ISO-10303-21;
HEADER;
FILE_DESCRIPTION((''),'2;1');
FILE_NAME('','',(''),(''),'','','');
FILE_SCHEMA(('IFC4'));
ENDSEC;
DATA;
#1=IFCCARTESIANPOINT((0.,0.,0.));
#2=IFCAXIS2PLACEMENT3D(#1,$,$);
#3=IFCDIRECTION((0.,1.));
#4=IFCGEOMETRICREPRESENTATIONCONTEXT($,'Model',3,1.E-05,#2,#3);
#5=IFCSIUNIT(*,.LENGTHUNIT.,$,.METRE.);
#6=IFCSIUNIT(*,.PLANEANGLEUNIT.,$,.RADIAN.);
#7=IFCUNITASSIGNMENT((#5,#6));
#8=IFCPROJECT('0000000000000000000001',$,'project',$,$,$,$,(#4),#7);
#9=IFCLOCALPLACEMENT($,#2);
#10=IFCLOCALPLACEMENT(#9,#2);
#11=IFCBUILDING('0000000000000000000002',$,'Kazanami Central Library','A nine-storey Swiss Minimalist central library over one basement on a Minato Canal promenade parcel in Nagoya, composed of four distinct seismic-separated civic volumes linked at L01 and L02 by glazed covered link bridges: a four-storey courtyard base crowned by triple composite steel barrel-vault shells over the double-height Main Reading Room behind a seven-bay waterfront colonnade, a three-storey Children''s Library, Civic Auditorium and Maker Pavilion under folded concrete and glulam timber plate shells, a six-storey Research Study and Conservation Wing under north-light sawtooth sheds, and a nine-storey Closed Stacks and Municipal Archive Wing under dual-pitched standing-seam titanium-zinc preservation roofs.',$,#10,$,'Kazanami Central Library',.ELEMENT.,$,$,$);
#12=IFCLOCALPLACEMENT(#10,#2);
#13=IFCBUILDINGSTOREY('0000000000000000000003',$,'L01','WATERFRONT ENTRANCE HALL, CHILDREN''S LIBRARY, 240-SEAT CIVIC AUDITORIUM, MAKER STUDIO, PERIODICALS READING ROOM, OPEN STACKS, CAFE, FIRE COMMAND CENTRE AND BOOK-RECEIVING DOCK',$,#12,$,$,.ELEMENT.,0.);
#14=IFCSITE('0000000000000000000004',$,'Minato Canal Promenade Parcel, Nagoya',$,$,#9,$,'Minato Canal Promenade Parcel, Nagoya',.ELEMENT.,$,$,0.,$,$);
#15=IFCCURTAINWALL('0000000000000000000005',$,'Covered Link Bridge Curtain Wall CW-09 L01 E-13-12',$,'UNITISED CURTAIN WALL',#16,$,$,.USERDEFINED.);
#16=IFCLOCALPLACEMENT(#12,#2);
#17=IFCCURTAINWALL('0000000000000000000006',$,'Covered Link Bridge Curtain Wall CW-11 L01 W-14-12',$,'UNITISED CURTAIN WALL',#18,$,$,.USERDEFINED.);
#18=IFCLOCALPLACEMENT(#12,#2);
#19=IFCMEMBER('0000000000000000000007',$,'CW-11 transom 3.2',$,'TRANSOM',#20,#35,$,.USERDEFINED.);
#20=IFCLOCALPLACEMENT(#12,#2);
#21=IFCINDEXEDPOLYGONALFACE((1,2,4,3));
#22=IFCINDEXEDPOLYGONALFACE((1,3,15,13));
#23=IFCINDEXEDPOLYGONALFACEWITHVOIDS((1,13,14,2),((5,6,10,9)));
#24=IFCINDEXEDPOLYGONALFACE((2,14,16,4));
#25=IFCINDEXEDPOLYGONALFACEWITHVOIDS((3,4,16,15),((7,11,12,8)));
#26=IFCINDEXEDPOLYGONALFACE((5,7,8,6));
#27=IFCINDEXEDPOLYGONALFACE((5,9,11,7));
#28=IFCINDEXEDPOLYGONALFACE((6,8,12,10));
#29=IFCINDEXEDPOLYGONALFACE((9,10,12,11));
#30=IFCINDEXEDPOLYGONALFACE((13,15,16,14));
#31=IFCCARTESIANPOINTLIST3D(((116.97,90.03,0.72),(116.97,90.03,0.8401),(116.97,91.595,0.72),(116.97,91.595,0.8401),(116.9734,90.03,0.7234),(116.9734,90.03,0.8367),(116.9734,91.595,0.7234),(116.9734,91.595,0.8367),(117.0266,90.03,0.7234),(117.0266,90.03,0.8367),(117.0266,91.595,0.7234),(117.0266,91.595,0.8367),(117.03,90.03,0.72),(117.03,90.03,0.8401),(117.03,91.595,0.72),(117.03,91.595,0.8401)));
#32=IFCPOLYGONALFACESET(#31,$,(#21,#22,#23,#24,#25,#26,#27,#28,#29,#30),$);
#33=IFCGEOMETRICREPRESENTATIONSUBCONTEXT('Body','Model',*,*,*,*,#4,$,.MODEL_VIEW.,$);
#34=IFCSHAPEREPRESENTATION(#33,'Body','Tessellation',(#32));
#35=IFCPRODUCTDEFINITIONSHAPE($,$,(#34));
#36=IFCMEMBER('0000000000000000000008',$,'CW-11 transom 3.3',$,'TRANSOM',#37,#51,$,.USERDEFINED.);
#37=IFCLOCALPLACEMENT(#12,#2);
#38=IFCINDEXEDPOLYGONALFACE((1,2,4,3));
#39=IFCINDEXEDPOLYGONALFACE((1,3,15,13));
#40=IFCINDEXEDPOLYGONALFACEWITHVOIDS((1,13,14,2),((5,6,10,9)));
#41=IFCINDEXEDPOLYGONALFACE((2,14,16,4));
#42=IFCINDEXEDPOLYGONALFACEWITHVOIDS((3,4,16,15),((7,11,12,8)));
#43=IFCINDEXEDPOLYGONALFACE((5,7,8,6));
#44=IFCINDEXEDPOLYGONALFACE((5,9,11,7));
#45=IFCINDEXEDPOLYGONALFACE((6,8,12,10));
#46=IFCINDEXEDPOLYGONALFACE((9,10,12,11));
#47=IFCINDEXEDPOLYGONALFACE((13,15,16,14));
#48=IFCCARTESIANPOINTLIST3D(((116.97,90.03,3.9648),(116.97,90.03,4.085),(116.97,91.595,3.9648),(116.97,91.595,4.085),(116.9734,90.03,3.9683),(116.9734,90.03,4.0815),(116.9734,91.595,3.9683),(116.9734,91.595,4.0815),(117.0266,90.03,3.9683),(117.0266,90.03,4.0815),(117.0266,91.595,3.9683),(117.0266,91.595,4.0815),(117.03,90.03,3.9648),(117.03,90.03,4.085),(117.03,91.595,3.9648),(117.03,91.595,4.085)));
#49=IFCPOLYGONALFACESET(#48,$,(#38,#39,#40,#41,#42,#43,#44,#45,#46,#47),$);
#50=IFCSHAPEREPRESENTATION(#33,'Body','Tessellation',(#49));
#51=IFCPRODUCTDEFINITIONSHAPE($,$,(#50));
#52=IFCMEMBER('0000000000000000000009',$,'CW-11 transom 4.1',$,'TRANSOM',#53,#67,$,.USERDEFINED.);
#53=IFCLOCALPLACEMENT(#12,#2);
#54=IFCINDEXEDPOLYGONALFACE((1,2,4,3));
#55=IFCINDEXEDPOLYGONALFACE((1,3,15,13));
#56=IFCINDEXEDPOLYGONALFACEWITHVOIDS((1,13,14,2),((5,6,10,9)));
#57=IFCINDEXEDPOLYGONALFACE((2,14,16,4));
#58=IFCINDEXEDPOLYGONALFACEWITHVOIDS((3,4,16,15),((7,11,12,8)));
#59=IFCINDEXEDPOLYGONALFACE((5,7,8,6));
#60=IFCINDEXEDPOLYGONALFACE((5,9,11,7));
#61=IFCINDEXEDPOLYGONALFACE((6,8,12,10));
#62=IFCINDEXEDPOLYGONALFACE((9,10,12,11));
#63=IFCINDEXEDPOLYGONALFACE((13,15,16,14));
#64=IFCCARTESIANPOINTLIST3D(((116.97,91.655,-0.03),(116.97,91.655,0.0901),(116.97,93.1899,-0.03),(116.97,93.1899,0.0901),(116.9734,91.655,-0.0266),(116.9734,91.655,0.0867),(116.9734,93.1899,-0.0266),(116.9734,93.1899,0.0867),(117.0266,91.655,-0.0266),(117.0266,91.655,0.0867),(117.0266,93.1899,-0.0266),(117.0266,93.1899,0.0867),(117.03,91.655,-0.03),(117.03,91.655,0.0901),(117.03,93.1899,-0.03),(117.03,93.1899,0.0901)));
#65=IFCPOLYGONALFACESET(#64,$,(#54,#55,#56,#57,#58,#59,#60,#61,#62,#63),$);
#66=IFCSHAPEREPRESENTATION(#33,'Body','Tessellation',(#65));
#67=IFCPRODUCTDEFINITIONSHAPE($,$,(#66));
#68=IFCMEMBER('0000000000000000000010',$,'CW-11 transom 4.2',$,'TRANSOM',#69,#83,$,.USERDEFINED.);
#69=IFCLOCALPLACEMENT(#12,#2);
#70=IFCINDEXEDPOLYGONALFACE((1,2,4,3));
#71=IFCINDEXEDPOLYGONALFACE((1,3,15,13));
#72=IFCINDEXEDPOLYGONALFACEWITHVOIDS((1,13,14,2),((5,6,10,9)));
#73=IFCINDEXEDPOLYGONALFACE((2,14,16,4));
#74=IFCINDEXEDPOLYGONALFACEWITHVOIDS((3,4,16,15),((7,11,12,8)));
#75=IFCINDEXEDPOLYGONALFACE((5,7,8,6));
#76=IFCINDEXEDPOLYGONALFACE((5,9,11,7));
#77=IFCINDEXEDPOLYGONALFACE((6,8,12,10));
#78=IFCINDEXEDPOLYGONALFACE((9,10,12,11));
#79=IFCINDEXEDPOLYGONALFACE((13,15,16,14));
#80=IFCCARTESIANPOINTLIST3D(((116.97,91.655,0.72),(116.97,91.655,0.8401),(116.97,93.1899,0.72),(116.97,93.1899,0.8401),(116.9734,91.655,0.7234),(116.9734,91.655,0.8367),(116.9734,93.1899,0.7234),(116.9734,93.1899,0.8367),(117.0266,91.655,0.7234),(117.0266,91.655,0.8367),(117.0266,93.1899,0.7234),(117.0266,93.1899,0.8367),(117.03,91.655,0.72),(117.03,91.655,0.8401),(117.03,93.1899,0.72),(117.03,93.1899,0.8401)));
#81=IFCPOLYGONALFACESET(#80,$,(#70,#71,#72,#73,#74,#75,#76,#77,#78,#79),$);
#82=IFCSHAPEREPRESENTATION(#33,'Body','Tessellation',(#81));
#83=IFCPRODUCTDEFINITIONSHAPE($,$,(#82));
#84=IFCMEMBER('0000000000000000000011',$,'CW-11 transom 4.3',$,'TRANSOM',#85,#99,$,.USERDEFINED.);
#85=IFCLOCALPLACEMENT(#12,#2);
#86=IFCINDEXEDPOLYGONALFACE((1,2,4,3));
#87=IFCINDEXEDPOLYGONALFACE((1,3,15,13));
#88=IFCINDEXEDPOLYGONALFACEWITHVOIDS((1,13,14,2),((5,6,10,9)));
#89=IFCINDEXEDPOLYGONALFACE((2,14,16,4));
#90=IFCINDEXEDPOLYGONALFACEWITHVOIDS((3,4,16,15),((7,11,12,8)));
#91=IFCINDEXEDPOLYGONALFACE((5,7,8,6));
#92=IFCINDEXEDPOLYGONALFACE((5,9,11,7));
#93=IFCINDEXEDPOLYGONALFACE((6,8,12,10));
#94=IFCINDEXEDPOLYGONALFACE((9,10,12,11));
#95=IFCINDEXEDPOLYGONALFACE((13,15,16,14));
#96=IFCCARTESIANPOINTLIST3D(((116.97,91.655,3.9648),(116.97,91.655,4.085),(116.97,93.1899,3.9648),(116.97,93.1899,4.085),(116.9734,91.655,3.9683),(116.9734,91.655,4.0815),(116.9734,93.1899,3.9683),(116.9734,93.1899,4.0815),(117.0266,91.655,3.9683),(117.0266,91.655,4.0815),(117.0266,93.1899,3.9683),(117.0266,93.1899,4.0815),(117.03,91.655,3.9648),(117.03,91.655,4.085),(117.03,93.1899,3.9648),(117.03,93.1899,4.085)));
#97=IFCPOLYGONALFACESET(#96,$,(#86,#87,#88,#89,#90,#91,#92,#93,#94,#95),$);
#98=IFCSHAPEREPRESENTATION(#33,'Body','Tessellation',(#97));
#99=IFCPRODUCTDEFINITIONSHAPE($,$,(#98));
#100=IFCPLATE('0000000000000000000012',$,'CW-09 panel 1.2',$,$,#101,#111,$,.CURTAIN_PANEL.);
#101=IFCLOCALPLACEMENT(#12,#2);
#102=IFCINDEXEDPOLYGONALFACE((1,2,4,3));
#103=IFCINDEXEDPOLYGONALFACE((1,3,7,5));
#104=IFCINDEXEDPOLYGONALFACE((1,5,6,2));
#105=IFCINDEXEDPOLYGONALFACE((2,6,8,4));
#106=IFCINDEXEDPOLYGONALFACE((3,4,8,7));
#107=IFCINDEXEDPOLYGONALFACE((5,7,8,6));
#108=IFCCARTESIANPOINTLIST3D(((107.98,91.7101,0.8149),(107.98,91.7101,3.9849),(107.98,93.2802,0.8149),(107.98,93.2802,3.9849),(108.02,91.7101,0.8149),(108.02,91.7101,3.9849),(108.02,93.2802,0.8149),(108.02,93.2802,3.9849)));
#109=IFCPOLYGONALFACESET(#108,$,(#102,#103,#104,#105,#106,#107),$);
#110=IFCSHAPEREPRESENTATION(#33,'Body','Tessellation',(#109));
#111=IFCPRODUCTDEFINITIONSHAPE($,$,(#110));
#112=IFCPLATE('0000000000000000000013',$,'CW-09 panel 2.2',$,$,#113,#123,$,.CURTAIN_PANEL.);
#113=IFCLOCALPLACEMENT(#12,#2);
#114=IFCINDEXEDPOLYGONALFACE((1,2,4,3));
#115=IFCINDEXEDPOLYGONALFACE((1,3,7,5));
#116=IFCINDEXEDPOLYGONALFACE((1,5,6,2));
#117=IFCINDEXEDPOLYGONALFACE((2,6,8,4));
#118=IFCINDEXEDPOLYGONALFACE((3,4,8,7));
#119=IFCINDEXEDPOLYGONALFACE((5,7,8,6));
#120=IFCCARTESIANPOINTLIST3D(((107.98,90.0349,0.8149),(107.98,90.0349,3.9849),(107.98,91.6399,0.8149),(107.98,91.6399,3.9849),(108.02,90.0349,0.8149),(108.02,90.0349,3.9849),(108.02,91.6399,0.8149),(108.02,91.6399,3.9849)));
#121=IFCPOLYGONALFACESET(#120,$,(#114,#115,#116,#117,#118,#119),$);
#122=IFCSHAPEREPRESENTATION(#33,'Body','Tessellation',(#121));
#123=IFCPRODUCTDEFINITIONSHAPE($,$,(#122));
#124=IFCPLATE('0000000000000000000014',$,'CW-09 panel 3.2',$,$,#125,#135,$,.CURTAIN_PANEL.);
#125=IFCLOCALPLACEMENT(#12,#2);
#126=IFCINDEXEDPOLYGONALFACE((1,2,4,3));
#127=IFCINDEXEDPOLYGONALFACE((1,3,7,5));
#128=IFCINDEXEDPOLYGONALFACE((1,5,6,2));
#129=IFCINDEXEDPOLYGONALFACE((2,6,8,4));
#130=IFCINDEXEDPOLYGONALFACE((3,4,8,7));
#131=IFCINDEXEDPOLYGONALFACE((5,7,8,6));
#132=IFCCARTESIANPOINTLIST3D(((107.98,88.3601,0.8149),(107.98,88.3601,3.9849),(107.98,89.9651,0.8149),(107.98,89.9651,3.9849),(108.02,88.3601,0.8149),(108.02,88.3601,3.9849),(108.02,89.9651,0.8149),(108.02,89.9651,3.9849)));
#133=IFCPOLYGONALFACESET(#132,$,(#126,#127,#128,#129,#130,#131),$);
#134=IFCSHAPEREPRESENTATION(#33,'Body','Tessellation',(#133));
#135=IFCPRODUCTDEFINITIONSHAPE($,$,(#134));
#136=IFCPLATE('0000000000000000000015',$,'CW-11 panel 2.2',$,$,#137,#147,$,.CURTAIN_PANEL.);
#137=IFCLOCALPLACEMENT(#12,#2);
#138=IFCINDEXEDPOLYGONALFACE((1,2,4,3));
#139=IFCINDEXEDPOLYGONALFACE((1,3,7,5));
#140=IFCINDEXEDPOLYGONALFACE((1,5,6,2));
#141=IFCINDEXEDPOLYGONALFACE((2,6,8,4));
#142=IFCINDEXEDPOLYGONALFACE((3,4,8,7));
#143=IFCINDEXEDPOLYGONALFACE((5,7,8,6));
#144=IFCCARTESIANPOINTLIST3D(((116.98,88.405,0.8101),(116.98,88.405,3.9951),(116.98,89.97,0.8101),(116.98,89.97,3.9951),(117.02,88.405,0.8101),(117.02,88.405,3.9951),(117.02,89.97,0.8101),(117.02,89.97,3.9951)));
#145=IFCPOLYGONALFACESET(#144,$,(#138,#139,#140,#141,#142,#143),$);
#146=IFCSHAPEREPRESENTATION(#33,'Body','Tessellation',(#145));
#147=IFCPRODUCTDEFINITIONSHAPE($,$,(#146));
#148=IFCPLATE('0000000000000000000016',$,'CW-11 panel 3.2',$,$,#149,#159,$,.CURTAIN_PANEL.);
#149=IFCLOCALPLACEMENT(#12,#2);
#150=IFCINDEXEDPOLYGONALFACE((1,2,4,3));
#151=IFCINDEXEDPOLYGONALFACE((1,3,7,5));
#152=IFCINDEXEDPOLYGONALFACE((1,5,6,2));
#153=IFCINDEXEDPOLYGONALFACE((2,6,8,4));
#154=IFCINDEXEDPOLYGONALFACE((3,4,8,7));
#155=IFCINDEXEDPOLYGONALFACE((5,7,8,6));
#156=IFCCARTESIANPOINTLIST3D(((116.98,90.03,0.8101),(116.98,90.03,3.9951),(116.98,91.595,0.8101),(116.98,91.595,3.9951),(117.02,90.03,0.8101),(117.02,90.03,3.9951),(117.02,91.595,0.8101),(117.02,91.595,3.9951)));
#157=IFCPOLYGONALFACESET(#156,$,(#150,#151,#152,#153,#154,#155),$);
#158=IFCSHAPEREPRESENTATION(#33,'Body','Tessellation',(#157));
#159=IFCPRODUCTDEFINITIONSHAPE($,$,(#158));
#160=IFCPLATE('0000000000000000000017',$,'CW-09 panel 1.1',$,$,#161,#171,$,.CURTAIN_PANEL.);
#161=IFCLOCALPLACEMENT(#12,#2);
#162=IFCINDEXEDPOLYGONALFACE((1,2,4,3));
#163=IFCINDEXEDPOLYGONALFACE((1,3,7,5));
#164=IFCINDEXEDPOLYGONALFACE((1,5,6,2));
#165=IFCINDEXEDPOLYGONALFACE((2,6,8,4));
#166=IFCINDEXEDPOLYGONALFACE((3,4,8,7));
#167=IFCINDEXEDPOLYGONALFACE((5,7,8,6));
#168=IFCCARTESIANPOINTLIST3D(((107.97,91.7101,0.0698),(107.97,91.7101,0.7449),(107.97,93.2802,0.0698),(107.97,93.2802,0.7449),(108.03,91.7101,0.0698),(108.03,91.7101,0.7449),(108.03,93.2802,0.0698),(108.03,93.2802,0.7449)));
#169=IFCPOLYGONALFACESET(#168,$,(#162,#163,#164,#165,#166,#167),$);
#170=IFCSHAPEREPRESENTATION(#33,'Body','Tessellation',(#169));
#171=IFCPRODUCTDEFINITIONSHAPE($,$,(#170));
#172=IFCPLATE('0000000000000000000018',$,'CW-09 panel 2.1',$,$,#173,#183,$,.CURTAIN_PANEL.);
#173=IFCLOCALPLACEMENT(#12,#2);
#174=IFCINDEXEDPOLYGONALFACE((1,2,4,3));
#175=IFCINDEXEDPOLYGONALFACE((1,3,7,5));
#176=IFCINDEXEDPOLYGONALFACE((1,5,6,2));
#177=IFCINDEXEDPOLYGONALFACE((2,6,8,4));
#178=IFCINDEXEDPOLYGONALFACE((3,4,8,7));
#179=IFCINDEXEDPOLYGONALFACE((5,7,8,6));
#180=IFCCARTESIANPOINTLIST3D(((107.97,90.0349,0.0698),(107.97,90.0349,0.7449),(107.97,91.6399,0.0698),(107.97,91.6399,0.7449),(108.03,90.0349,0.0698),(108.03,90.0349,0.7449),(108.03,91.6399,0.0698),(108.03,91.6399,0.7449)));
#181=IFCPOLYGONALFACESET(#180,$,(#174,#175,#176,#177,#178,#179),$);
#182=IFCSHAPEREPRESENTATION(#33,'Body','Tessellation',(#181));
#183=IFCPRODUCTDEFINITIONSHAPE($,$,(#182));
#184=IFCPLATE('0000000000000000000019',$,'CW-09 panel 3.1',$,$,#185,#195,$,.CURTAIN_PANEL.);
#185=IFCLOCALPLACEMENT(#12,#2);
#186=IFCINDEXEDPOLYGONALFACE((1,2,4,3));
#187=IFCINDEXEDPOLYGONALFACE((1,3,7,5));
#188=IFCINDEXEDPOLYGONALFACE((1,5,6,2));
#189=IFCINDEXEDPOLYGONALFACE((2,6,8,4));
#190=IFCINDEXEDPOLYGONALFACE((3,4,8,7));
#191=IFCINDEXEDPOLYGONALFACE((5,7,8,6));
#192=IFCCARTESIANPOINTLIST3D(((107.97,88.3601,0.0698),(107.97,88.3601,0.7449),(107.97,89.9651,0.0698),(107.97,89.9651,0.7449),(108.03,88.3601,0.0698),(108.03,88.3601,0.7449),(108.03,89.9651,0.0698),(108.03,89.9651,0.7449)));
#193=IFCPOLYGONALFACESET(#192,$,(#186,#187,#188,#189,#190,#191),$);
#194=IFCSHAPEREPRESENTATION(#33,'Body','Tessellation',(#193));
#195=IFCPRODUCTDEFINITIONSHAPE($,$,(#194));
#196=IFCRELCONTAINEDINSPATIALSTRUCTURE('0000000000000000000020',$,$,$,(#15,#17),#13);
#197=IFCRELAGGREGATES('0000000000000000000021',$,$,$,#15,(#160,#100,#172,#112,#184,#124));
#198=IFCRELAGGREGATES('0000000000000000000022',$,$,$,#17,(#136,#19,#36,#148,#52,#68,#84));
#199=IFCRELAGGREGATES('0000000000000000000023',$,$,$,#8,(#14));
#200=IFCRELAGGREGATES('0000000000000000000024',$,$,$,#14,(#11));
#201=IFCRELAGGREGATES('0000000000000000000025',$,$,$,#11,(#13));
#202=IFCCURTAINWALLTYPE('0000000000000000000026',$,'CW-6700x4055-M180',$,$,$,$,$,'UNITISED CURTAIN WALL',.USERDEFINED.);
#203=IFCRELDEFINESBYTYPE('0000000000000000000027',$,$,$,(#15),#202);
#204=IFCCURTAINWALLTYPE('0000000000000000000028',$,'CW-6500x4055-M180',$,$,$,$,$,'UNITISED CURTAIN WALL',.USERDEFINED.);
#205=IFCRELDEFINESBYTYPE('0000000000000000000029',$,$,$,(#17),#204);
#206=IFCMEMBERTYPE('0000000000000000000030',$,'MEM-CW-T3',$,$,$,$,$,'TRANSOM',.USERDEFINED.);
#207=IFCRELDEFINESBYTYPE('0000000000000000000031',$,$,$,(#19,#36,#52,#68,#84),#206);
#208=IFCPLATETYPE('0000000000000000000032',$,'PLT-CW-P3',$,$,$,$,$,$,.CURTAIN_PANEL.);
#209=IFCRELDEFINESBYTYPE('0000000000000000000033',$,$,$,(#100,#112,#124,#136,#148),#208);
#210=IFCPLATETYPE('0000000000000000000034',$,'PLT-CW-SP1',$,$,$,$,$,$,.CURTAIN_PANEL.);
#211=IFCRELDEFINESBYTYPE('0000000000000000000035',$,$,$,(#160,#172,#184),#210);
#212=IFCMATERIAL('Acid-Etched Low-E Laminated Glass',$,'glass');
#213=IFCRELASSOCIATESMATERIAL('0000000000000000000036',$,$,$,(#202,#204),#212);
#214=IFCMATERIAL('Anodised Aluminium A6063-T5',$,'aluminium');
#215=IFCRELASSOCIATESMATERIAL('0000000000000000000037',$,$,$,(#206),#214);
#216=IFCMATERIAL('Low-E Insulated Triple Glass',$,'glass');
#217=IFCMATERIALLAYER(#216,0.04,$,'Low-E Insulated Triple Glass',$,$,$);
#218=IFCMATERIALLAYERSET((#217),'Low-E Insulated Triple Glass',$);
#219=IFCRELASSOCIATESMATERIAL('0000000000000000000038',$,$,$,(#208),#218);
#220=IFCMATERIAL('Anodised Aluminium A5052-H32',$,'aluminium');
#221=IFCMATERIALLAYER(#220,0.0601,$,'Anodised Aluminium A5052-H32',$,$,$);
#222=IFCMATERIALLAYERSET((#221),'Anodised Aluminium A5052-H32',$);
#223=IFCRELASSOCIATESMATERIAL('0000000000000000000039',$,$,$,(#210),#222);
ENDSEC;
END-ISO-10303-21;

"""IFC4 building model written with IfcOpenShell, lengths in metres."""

from ifc_helpers import new_model, si_unit, direction, frame, origin, origin_2d, place, context, subcontext, project, spatial, rectangle, hollow_rectangle, extrude, material, layer, layer_set, material_profile, profile_set, type_object, element, aggregate, save


model = new_model("IFC4")

# Units and contexts
model_context = context("Model", 3, precision=1e-05, world=origin(), true_north=direction((0.0, 1.0)))
body_context = subcontext(model_context, "Body", "Model", "MODEL_VIEW")
ifc_project = project(units=[si_unit("LENGTHUNIT", "METRE"), si_unit("PLANEANGLEUNIT", "RADIAN")], contexts=[model_context])

# Site, building, storey
site_placement = place(None, origin())
site = spatial("IfcSite", under=ifc_project, at=site_placement, Name="Minato Canal Promenade Parcel, Nagoya", LongName="Minato Canal Promenade Parcel, Nagoya", CompositionType="ELEMENT", RefElevation=0.0)
building_placement = place(site_placement, origin())
building = spatial("IfcBuilding", under=site, at=building_placement, Name="Kazanami Central Library", Description="A nine-storey Swiss Minimalist central library over one basement on a Minato Canal promenade parcel in Nagoya, composed of four distinct seismic-separated civic volumes linked at L01 and L02 by glazed covered link bridges: a four-storey courtyard base crowned by triple composite steel barrel-vault shells over the double-height Main Reading Room behind a seven-bay waterfront colonnade, a three-storey Children's Library, Civic Auditorium and Maker Pavilion under folded concrete and glulam timber plate shells, a six-storey Research Study and Conservation Wing under north-light sawtooth sheds, and a nine-storey Closed Stacks and Municipal Archive Wing under dual-pitched standing-seam titanium-zinc preservation roofs.", LongName="Kazanami Central Library", CompositionType="ELEMENT")
storey_placement = place(building_placement, origin())
storey = spatial("IfcBuildingStorey", under=building, at=storey_placement, Name="L01", Description="WATERFRONT ENTRANCE HALL, CHILDREN'S LIBRARY, 240-SEAT CIVIC AUDITORIUM, MAKER STUDIO, PERIODICALS READING ROOM, OPEN STACKS, CAFE, FIRE COMMAND CENTRE AND BOOK-RECEIVING DOCK", CompositionType="ELEMENT", Elevation=0.0)

# Curtain walls
ifc_material_1 = material(Name="Acid-Etched Low-E Laminated Glass", Category="glass")
curtain_wall_type_1 = type_object("IfcCurtainWallType", Name="CW-6700x4055-M180", ElementType="UNITISED CURTAIN WALL", PredefinedType="USERDEFINED", material=ifc_material_1)
curtain_wall_1_placement = place(storey_placement, origin())
curtain_wall_1 = element("IfcCurtainWall", 1, at=curtain_wall_1_placement, inside=storey, type_object=curtain_wall_type_1, Name="Covered Link Bridge Curtain Wall CW-09 L01 E-13-12", ObjectType="UNITISED CURTAIN WALL", PredefinedType="USERDEFINED")
ifc_material_2 = material(Name="Anodised Aluminium A6063-T5", Category="aluminium")
curtain_wall_type_2 = type_object("IfcCurtainWallType", Name="CW-6500x4055-M180", ElementType="UNITISED CURTAIN WALL", PredefinedType="USERDEFINED", material=ifc_material_1)
curtain_wall_2_placement = place(storey_placement, origin())
curtain_wall_2 = element("IfcCurtainWall", 2, at=curtain_wall_2_placement, inside=storey, type_object=curtain_wall_type_2, Name="Covered Link Bridge Curtain Wall CW-11 L01 W-14-12", ObjectType="UNITISED CURTAIN WALL", PredefinedType="USERDEFINED")

# Members
ifc_material_profile_1 = material_profile(ifc_material_2, hollow_rectangle(XDim=0.0601, YDim=0.1201, WallThickness=0.0034, at=origin_2d()), Name="ALU-TRAN-60x120x3.5")
ifc_profile_set_1 = profile_set([ifc_material_profile_1], Name="Anodised Aluminium A6063-T5")
member_type_1 = type_object("IfcMemberType", Name="MEM-CW-T3", ElementType="TRANSOM", PredefinedType="USERDEFINED", material=ifc_profile_set_1)
member_1_placement = place(storey_placement, frame((117.0, 90.03, 0.78), z_axis=(0.0, 1.0, 0.0), x_axis=(-1.0, 0.0, 0.0)))
member_1 = element("IfcMember", 3, at=member_1_placement, type_object=member_type_1, Name="CW-11 transom 3.2", ObjectType="TRANSOM", PredefinedType="USERDEFINED", context=body_context, shape_type="SweptSolid", body=[
    extrude(hollow_rectangle(XDim=0.0601, YDim=0.1201, WallThickness=0.0034, at=origin_2d()), origin(), (0.0, 0.0, 1.0), 1.5649),
])
member_2_placement = place(storey_placement, frame((117.0, 90.03, 4.0249), z_axis=(0.0, 1.0, 0.0), x_axis=(-1.0, 0.0, 0.0)))
member_2 = element("IfcMember", 4, at=member_2_placement, type_object=member_type_1, Name="CW-11 transom 3.3", ObjectType="TRANSOM", PredefinedType="USERDEFINED", context=body_context, shape_type="SweptSolid", body=[
    extrude(hollow_rectangle(XDim=0.0601, YDim=0.1201, WallThickness=0.0034, at=origin_2d()), origin(), (0.0, 0.0, 1.0), 1.5649),
])
member_3_placement = place(storey_placement, frame((117.0, 91.655, 0.03), z_axis=(0.0, 1.0, 0.0), x_axis=(-1.0, 0.0, 0.0)))
member_3 = element("IfcMember", 5, at=member_3_placement, type_object=member_type_1, Name="CW-11 transom 4.1", ObjectType="TRANSOM", PredefinedType="USERDEFINED", context=body_context, shape_type="SweptSolid", body=[
    extrude(hollow_rectangle(XDim=0.0601, YDim=0.1201, WallThickness=0.0034, at=origin_2d()), origin(), (0.0, 0.0, 1.0), 1.5349),
])
member_4_placement = place(storey_placement, frame((117.0, 91.655, 0.78), z_axis=(0.0, 1.0, 0.0), x_axis=(-1.0, 0.0, 0.0)))
member_4 = element("IfcMember", 6, at=member_4_placement, type_object=member_type_1, Name="CW-11 transom 4.2", ObjectType="TRANSOM", PredefinedType="USERDEFINED", context=body_context, shape_type="SweptSolid", body=[
    extrude(hollow_rectangle(XDim=0.0601, YDim=0.1201, WallThickness=0.0034, at=origin_2d()), origin(), (0.0, 0.0, 1.0), 1.5349),
])
member_5_placement = place(storey_placement, frame((117.0, 91.655, 4.0249), z_axis=(0.0, 1.0, 0.0), x_axis=(-1.0, 0.0, 0.0)))
member_5 = element("IfcMember", 7, at=member_5_placement, type_object=member_type_1, Name="CW-11 transom 4.3", ObjectType="TRANSOM", PredefinedType="USERDEFINED", context=body_context, shape_type="SweptSolid", body=[
    extrude(hollow_rectangle(XDim=0.0601, YDim=0.1201, WallThickness=0.0034, at=origin_2d()), origin(), (0.0, 0.0, 1.0), 1.5349),
])

# Plates
ifc_material_3 = material(Name="Low-E Insulated Triple Glass", Category="glass")
ifc_layer_1 = layer(ifc_material_3, 0.04, Name="Low-E Insulated Triple Glass")
ifc_layer_set_1 = layer_set([ifc_layer_1], Name="Low-E Insulated Triple Glass")
plate_type_1 = type_object("IfcPlateType", Name="PLT-CW-P3", PredefinedType="CURTAIN_PANEL", material=ifc_layer_set_1)
plate_1_placement = place(storey_placement, frame((108.0, 92.4951, 0.8149), z_axis=(0.0, 0.0, 1.0), x_axis=(0.0, -1.0, 0.0)))
plate_1 = element("IfcPlate", 8, at=plate_1_placement, type_object=plate_type_1, Name="CW-09 panel 1.2", PredefinedType="CURTAIN_PANEL", context=body_context, shape_type="SweptSolid", body=[
    extrude(rectangle(XDim=1.5701, YDim=0.04, at=origin_2d()), origin(), (0.0, 0.0, 1.0), 3.1699),
])
plate_2_placement = place(storey_placement, frame((108.0, 90.8374, 0.8149), z_axis=(0.0, 0.0, 1.0), x_axis=(0.0, -1.0, 0.0)))
plate_2 = element("IfcPlate", 9, at=plate_2_placement, type_object=plate_type_1, Name="CW-09 panel 2.2", PredefinedType="CURTAIN_PANEL", context=body_context, shape_type="SweptSolid", body=[
    extrude(rectangle(XDim=1.605, YDim=0.04, at=origin_2d()), origin(), (0.0, 0.0, 1.0), 3.1699),
])
plate_3_placement = place(storey_placement, frame((108.0, 89.1626, 0.8149), z_axis=(0.0, 0.0, 1.0), x_axis=(0.0, -1.0, 0.0)))
plate_3 = element("IfcPlate", 10, at=plate_3_placement, type_object=plate_type_1, Name="CW-09 panel 3.2", PredefinedType="CURTAIN_PANEL", context=body_context, shape_type="SweptSolid", body=[
    extrude(rectangle(XDim=1.605, YDim=0.04, at=origin_2d()), origin(), (0.0, 0.0, 1.0), 3.1699),
])
plate_4_placement = place(storey_placement, frame((117.0, 89.1875, 0.8101), z_axis=(0.0, 0.0, 1.0), x_axis=(0.0, 1.0, 0.0)))
plate_4 = element("IfcPlate", 11, at=plate_4_placement, type_object=plate_type_1, Name="CW-11 panel 2.2", PredefinedType="CURTAIN_PANEL", context=body_context, shape_type="SweptSolid", body=[
    extrude(rectangle(XDim=1.5649, YDim=0.04, at=origin_2d()), origin(), (0.0, 0.0, 1.0), 3.1851),
])
plate_5_placement = place(storey_placement, frame((117.0, 90.8125, 0.8101), z_axis=(0.0, 0.0, 1.0), x_axis=(0.0, 1.0, 0.0)))
plate_5 = element("IfcPlate", 12, at=plate_5_placement, type_object=plate_type_1, Name="CW-11 panel 3.2", PredefinedType="CURTAIN_PANEL", context=body_context, shape_type="SweptSolid", body=[
    extrude(rectangle(XDim=1.5649, YDim=0.04, at=origin_2d()), origin(), (0.0, 0.0, 1.0), 3.1851),
])
ifc_material_4 = material(Name="Anodised Aluminium A5052-H32", Category="aluminium")
ifc_layer_2 = layer(ifc_material_4, 0.0601, Name="Anodised Aluminium A5052-H32")
ifc_layer_set_2 = layer_set([ifc_layer_2], Name="Anodised Aluminium A5052-H32")
plate_type_2 = type_object("IfcPlateType", Name="PLT-CW-SP1", PredefinedType="CURTAIN_PANEL", material=ifc_layer_set_2)
plate_6_placement = place(storey_placement, frame((108.0, 92.4951, 0.0698), z_axis=(0.0, 0.0, 1.0), x_axis=(0.0, -1.0, 0.0)))
plate_6 = element("IfcPlate", 13, at=plate_6_placement, type_object=plate_type_2, Name="CW-09 panel 1.1", PredefinedType="CURTAIN_PANEL", context=body_context, shape_type="SweptSolid", body=[
    extrude(rectangle(XDim=1.5701, YDim=0.0601, at=origin_2d()), origin(), (0.0, 0.0, 1.0), 0.675),
])
plate_7_placement = place(storey_placement, frame((108.0, 90.8374, 0.0698), z_axis=(0.0, 0.0, 1.0), x_axis=(0.0, -1.0, 0.0)))
plate_7 = element("IfcPlate", 14, at=plate_7_placement, type_object=plate_type_2, Name="CW-09 panel 2.1", PredefinedType="CURTAIN_PANEL", context=body_context, shape_type="SweptSolid", body=[
    extrude(rectangle(XDim=1.605, YDim=0.0601, at=origin_2d()), origin(), (0.0, 0.0, 1.0), 0.675),
])
plate_8_placement = place(storey_placement, frame((108.0, 89.1626, 0.0698), z_axis=(0.0, 0.0, 1.0), x_axis=(0.0, -1.0, 0.0)))
plate_8 = element("IfcPlate", 15, at=plate_8_placement, type_object=plate_type_2, Name="CW-09 panel 3.1", PredefinedType="CURTAIN_PANEL", context=body_context, shape_type="SweptSolid", body=[
    extrude(rectangle(XDim=1.605, YDim=0.0601, at=origin_2d()), origin(), (0.0, 0.0, 1.0), 0.675),
])
aggregate(curtain_wall_1, [plate_6, plate_1, plate_7, plate_2, plate_8, plate_3])
aggregate(curtain_wall_2, [plate_4, member_1, member_2, plate_5, member_3, member_4, member_5])

save(model, "model.ifc")
